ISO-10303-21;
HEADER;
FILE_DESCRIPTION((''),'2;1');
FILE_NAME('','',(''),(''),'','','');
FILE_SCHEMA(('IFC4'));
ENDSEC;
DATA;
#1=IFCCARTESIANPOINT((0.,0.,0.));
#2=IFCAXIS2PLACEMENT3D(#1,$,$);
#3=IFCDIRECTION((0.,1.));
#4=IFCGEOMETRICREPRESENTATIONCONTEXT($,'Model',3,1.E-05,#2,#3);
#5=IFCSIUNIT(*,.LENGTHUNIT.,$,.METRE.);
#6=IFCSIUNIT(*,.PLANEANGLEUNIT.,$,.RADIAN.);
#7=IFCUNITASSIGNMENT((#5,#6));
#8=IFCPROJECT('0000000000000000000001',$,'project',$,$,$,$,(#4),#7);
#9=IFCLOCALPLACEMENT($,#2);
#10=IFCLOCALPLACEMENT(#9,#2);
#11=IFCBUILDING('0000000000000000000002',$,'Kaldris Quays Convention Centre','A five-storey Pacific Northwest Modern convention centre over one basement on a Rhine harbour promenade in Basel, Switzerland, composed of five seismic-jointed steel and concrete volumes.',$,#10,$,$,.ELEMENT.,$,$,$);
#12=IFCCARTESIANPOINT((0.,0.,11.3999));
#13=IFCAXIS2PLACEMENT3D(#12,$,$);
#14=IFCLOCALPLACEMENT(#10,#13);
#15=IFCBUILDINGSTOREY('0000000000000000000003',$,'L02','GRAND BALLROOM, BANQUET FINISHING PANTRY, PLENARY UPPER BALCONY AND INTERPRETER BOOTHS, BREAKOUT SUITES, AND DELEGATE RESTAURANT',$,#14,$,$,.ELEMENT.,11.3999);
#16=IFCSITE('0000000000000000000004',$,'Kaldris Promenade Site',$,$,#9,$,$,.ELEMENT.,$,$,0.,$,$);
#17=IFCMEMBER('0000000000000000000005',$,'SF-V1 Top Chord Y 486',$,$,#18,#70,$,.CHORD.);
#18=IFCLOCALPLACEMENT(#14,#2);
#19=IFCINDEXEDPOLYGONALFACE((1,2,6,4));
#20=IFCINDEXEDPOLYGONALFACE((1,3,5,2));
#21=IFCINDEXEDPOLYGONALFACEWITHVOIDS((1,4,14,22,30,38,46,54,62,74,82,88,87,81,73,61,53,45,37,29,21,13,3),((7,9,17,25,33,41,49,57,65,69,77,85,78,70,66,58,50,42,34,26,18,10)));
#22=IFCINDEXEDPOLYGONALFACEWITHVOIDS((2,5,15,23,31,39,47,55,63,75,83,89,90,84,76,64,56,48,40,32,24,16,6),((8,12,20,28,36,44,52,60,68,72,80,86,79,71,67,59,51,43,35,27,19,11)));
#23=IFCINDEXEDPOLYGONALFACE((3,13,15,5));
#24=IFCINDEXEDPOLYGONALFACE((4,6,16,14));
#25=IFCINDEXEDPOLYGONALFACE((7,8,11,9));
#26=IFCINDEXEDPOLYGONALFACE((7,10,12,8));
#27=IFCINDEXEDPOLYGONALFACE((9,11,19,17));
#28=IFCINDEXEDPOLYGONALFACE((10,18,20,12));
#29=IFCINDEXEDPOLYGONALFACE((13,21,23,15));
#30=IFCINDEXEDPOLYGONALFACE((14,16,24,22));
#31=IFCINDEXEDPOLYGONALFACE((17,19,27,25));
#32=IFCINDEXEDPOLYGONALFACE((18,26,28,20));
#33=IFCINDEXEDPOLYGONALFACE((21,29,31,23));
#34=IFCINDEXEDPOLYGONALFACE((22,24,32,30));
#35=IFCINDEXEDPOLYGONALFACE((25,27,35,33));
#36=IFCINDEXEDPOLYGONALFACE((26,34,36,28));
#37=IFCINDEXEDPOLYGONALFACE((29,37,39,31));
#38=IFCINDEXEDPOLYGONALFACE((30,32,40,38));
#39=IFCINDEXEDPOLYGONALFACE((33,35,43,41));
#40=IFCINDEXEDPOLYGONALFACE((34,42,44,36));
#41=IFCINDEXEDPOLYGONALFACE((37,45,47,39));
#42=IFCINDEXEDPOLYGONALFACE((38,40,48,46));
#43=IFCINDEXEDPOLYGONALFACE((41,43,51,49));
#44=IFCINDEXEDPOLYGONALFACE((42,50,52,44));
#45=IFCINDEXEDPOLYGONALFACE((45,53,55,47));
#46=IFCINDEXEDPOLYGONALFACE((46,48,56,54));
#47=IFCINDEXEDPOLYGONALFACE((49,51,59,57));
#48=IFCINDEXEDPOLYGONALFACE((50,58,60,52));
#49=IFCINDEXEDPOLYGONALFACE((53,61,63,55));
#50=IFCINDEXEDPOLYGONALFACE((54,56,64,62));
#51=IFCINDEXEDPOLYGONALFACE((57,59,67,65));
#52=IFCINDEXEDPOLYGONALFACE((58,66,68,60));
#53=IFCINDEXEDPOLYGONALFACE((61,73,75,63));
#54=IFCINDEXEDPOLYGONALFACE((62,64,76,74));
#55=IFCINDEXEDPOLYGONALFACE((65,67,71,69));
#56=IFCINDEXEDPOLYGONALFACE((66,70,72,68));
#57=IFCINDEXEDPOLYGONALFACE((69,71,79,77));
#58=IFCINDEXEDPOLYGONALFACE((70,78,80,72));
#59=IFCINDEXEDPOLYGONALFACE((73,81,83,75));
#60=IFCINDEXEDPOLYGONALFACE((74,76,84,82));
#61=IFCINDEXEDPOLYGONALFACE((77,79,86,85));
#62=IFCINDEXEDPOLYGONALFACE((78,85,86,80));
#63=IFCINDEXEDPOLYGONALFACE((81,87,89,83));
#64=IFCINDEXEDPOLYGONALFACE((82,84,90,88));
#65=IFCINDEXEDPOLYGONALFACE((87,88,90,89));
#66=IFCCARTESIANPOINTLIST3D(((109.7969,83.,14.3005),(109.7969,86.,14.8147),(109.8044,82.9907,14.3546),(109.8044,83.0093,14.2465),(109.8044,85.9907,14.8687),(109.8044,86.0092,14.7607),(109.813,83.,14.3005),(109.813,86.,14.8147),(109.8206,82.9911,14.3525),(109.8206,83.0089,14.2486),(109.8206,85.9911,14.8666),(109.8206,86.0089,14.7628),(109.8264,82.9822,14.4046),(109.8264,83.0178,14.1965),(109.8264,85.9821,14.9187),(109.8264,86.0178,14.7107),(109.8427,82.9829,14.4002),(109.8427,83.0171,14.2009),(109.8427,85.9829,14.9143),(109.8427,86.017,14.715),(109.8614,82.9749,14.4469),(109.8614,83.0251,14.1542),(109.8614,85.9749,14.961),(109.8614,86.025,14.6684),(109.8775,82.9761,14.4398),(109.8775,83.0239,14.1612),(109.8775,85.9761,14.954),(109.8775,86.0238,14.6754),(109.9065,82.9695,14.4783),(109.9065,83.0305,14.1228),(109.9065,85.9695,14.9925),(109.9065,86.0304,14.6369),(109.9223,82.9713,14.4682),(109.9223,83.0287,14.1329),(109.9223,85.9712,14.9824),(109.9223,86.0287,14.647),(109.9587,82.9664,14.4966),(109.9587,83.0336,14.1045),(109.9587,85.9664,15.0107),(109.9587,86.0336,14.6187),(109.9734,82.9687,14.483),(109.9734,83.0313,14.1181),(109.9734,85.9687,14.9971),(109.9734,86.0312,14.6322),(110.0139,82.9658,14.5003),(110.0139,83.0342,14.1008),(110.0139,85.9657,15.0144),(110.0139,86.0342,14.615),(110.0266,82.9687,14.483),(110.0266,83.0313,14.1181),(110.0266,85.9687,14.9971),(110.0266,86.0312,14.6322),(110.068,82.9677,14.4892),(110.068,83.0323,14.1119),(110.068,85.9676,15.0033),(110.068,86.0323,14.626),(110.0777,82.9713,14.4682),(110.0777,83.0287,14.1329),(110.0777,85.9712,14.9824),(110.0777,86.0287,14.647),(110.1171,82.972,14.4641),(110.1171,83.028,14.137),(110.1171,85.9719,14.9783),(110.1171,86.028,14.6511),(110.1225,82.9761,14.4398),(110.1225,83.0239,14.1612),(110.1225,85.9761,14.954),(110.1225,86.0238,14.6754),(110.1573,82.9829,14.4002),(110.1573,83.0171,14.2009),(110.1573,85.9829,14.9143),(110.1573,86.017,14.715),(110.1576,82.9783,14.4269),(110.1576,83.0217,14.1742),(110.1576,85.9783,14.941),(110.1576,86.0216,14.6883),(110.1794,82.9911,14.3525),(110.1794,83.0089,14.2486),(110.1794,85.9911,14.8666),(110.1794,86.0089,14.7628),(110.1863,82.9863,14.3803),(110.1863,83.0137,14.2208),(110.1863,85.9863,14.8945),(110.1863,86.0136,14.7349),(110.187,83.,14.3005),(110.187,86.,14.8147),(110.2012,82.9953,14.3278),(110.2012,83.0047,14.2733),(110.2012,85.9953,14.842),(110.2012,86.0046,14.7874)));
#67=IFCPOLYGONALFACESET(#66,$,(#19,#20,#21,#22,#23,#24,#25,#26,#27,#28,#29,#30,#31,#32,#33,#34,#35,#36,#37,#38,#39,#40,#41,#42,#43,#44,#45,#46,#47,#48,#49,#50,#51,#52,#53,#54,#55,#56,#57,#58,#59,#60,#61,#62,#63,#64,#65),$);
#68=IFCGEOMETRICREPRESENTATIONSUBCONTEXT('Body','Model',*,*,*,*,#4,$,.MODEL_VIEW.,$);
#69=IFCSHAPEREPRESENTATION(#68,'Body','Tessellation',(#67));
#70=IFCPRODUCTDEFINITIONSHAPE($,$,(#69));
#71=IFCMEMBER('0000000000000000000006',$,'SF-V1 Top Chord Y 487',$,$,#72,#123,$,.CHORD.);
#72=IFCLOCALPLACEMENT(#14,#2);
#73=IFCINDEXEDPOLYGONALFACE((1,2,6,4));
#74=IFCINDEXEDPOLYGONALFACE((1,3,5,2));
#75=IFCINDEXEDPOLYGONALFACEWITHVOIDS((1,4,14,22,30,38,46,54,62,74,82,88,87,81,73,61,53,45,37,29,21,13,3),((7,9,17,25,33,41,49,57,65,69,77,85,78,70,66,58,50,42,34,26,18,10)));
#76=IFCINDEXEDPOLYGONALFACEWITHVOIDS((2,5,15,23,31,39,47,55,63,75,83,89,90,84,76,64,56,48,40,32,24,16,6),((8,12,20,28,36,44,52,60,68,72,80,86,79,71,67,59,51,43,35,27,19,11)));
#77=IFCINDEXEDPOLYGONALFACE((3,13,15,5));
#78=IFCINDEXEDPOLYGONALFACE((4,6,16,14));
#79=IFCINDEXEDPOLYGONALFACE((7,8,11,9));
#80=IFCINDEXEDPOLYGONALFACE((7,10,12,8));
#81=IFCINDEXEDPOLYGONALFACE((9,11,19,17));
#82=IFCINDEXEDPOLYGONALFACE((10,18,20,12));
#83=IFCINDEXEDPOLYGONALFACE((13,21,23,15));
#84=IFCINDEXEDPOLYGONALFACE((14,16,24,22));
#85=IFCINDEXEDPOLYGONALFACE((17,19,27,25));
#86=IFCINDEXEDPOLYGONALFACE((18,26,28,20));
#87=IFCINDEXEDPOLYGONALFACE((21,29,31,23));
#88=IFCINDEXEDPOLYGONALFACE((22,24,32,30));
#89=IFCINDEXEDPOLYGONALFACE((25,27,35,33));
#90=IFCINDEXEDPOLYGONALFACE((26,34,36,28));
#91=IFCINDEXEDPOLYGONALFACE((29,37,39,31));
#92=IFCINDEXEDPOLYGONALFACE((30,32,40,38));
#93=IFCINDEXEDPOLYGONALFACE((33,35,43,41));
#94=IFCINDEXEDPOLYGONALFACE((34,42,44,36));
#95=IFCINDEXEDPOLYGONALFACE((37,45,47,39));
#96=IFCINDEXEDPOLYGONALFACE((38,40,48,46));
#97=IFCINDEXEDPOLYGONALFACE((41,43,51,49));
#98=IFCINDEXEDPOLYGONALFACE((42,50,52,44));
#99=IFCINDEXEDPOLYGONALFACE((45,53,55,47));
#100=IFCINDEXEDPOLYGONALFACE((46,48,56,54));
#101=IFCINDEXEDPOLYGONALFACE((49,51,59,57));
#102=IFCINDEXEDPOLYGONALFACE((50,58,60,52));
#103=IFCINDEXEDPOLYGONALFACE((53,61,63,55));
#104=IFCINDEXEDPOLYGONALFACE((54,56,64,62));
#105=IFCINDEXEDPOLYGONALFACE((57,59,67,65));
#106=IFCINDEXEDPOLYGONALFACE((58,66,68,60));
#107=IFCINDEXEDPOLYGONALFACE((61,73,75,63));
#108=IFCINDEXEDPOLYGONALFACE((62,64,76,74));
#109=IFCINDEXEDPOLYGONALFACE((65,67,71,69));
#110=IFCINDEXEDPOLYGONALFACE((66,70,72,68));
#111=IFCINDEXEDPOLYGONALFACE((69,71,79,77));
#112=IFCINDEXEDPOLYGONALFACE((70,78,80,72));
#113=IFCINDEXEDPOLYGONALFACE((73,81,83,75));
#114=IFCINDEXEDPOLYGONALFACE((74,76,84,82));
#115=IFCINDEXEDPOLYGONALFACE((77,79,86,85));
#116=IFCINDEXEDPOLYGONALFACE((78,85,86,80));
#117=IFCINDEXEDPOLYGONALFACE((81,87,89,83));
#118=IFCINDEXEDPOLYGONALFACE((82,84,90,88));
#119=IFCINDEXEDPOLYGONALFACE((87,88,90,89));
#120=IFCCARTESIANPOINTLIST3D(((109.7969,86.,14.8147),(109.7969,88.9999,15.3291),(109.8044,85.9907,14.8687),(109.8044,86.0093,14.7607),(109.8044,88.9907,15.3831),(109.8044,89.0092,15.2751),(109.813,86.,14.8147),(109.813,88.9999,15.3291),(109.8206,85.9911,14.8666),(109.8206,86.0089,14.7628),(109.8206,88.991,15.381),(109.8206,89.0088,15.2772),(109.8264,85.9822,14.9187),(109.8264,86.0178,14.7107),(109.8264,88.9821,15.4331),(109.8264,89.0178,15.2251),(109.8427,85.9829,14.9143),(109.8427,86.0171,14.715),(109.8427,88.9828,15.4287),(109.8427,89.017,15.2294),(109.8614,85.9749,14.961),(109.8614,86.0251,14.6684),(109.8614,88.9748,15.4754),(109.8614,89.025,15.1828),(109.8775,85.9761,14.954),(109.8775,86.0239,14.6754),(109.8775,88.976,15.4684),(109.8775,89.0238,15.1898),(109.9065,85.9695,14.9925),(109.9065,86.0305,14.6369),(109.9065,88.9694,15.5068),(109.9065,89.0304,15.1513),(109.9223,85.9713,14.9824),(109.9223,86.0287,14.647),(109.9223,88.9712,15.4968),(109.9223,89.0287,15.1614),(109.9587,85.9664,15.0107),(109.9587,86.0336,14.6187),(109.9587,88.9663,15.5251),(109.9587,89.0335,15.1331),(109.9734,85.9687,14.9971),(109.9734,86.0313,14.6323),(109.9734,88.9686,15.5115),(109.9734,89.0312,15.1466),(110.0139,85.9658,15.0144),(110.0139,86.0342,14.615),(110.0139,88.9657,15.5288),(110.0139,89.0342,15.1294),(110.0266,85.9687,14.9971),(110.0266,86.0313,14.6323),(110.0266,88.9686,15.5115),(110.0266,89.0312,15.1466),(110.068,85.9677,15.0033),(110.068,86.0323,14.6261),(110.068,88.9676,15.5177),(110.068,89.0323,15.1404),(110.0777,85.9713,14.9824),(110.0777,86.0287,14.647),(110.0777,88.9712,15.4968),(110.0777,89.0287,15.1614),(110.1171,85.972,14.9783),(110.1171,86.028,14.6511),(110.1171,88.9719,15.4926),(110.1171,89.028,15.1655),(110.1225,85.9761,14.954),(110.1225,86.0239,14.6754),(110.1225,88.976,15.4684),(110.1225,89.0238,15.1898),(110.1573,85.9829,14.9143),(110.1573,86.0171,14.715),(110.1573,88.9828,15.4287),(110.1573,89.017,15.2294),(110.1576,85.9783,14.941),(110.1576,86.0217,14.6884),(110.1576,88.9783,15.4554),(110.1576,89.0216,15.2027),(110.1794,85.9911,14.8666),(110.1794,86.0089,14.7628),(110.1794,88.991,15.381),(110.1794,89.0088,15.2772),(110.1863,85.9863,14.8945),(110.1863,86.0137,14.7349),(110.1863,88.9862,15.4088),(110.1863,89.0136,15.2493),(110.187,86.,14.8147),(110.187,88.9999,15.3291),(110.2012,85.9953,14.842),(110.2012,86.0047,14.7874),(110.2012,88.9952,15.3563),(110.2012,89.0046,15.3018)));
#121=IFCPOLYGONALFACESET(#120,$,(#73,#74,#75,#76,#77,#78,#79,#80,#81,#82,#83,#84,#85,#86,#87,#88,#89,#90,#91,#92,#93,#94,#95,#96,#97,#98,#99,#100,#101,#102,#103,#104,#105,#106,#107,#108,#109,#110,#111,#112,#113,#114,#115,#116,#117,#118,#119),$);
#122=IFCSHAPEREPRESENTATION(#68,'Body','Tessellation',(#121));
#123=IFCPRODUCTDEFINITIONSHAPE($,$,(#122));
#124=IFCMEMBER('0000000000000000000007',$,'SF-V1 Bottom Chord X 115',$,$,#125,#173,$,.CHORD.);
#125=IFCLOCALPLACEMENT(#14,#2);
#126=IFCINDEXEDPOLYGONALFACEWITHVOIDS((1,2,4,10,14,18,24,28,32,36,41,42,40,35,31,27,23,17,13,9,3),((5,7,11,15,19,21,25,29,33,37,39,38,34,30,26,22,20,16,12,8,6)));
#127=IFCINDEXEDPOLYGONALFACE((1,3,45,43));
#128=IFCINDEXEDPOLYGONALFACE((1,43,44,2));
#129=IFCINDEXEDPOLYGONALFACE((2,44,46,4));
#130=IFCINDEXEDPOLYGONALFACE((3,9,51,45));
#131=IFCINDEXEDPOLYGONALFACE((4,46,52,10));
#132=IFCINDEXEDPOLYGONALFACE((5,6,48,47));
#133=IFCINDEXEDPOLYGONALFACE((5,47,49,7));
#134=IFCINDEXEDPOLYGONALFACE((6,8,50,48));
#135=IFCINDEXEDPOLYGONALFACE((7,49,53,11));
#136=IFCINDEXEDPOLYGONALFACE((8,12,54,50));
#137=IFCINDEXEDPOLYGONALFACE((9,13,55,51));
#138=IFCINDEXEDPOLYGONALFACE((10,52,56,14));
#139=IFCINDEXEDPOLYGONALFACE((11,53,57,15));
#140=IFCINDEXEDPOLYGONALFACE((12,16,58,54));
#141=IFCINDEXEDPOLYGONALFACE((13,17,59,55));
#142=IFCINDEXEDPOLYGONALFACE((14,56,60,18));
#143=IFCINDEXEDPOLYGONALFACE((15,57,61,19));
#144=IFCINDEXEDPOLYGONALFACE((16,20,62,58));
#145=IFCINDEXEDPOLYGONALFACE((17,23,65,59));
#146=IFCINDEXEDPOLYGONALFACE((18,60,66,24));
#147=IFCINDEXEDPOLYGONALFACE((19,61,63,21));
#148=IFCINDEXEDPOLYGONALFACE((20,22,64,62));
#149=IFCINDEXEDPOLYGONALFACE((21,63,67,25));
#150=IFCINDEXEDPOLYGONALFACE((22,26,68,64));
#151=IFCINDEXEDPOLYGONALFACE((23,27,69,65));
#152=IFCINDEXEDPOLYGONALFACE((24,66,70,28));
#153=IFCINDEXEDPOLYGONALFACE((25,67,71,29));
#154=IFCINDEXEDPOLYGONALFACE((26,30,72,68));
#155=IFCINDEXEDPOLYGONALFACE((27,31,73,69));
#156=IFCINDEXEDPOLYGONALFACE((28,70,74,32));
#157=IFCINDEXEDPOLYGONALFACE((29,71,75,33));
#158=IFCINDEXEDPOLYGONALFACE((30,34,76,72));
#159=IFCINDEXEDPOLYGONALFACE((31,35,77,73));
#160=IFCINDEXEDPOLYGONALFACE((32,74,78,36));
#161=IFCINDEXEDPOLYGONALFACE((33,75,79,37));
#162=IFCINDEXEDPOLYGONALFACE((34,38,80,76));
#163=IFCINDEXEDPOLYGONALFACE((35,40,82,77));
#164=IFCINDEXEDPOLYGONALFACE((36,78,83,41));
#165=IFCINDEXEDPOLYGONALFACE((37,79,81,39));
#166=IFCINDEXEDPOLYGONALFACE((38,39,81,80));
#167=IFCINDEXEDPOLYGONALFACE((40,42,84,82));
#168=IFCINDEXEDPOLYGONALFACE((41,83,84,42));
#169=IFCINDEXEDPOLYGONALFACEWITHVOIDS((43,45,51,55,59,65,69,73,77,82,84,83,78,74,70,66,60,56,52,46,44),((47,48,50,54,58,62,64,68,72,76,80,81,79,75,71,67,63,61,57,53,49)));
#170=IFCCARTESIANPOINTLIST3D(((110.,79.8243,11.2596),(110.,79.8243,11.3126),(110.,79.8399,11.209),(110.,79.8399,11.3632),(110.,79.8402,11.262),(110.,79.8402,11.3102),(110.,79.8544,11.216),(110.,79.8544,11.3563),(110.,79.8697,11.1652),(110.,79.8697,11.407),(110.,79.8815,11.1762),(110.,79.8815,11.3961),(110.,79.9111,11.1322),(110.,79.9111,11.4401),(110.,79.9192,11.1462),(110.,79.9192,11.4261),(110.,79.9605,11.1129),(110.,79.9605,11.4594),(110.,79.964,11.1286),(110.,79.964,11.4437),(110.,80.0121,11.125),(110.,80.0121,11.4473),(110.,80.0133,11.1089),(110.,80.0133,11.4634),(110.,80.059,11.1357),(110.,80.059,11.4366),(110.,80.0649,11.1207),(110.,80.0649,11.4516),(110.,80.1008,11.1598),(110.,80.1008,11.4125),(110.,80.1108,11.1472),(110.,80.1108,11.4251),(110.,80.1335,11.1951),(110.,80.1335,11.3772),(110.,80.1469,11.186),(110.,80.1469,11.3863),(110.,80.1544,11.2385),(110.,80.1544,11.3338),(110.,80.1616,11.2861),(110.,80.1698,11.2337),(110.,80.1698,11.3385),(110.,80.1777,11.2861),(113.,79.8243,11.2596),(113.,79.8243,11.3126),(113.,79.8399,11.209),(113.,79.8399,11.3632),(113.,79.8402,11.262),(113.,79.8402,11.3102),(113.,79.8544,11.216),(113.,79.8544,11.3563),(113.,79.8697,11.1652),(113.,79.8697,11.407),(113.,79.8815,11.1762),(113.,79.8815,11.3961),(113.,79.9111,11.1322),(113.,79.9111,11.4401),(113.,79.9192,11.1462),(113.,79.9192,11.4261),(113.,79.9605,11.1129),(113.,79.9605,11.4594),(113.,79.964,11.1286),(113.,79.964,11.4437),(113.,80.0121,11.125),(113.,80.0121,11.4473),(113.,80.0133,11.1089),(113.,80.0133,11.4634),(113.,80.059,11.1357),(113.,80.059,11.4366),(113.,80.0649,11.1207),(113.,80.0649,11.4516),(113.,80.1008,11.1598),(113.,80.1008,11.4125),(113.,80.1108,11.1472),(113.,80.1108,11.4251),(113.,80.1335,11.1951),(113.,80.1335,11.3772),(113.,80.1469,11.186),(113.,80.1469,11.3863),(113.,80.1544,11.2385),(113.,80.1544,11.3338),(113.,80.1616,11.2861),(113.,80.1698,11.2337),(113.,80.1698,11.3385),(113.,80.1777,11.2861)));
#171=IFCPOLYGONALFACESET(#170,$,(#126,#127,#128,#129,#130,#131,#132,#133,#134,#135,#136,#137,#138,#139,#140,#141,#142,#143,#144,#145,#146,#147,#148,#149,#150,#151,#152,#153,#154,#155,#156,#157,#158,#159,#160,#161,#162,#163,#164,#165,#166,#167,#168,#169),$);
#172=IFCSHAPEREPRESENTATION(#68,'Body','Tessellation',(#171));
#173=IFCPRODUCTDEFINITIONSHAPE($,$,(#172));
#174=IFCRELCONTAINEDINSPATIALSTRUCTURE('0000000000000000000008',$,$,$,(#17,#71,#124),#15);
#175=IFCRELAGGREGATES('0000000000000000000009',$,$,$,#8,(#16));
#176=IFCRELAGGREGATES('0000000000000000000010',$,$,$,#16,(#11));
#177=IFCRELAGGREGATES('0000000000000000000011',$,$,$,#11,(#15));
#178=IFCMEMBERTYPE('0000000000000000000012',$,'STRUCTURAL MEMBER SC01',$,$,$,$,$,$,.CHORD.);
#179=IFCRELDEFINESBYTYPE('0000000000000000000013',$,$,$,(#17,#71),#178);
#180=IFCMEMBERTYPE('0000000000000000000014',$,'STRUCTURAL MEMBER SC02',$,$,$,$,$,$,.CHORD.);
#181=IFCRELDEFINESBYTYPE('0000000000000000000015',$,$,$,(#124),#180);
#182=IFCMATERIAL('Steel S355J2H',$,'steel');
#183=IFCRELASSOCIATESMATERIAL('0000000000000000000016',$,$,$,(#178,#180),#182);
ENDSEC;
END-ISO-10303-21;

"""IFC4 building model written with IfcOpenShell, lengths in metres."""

from ifc_helpers import new_model, si_unit, direction, frame, origin, origin_2d, place, context, subcontext, project, spatial, hollow_circle, extrude, material, material_profile, profile_set, type_object, element, save


model = new_model("IFC4")

# Units and contexts
model_context = context("Model", 3, precision=1e-05, world=origin(), true_north=direction((0.0, 1.0)))
body_context = subcontext(model_context, "Body", "Model", "MODEL_VIEW")
ifc_project = project(units=[si_unit("LENGTHUNIT", "METRE"), si_unit("PLANEANGLEUNIT", "RADIAN")], contexts=[model_context])

# Site, building, storey
site_placement = place(None, origin())
site = spatial("IfcSite", under=ifc_project, at=site_placement, Name="Kaldris Promenade Site", CompositionType="ELEMENT", RefElevation=0.0)
building_placement = place(site_placement, origin())
building = spatial("IfcBuilding", under=site, at=building_placement, Name="Kaldris Quays Convention Centre", Description="A five-storey Pacific Northwest Modern convention centre over one basement on a Rhine harbour promenade in Basel, Switzerland, composed of five seismic-jointed steel and concrete volumes.", CompositionType="ELEMENT")
storey_placement = place(building_placement, frame((0.0, 0.0, 11.3999)))
storey = spatial("IfcBuildingStorey", under=building, at=storey_placement, Name="L02", Description="GRAND BALLROOM, BANQUET FINISHING PANTRY, PLENARY UPPER BALCONY AND INTERPRETER BOOTHS, BREAKOUT SUITES, AND DELEGATE RESTAURANT", CompositionType="ELEMENT", Elevation=11.3999)

# Members
ifc_material_1 = material(Name="Steel S355J2H", Category="steel")
ifc_material_profile_1 = material_profile(ifc_material_1, hollow_circle(Radius=0.2031, WallThickness=0.0161, at=origin_2d()), Name="CHS 406.4x16")
ifc_profile_set_1 = profile_set([ifc_material_profile_1], Name="Steel S355J2H")
member_type_1 = type_object("IfcMemberType", Name="STRUCTURAL MEMBER SC01", PredefinedType="CHORD", material=ifc_profile_set_1)
for number, where, z_axis, x_axis, name in (
    (1, (110.0, 83.0, 14.3005), (0.0, 0.985629, 0.168924), (-1.0, 0.0, 0.0), "SF-V1 Top Chord Y 486"),
    (2, (110.0, 86.0, 14.8147), (0.0, 0.985616, 0.169002), (-1.0, 0.0, 0.0), "SF-V1 Top Chord Y 487"),
):
    element("IfcMember", number, at=place(storey_placement, frame(where, z_axis=z_axis, x_axis=x_axis)), inside=storey, type_object=member_type_1, Name=name, PredefinedType="CHORD", context=body_context, shape_type="SweptSolid", body=[
        extrude(hollow_circle(Radius=0.2031, WallThickness=0.0161, at=origin_2d()), origin(), (0.0, 0.0, 1.0), 3.0437),
    ])
ifc_material_profile_2 = material_profile(ifc_material_1, hollow_circle(Radius=0.1777, WallThickness=0.0161, at=origin_2d()), Name="CHS 355.6x16")
ifc_profile_set_2 = profile_set([ifc_material_profile_2], Name="Steel S355J2H")
member_type_2 = type_object("IfcMemberType", Name="STRUCTURAL MEMBER SC02", PredefinedType="CHORD", material=ifc_profile_set_2)
for number, where, z_axis, x_axis, name in (
    (3, (110.0, 80.0, 11.2861), (1.0, 0.0, 0.0), (0.0, 1.0, 0.0), "SF-V1 Bottom Chord X 115"),
):
    element("IfcMember", number, at=place(storey_placement, frame(where, z_axis=z_axis, x_axis=x_axis)), inside=storey, type_object=member_type_2, Name=name, PredefinedType="CHORD", context=body_context, shape_type="SweptSolid", body=[
        extrude(hollow_circle(Radius=0.1777, WallThickness=0.0161, at=origin_2d()), origin(), (0.0, 0.0, 1.0), 3.0),
    ])

save(model, "model.ifc")
